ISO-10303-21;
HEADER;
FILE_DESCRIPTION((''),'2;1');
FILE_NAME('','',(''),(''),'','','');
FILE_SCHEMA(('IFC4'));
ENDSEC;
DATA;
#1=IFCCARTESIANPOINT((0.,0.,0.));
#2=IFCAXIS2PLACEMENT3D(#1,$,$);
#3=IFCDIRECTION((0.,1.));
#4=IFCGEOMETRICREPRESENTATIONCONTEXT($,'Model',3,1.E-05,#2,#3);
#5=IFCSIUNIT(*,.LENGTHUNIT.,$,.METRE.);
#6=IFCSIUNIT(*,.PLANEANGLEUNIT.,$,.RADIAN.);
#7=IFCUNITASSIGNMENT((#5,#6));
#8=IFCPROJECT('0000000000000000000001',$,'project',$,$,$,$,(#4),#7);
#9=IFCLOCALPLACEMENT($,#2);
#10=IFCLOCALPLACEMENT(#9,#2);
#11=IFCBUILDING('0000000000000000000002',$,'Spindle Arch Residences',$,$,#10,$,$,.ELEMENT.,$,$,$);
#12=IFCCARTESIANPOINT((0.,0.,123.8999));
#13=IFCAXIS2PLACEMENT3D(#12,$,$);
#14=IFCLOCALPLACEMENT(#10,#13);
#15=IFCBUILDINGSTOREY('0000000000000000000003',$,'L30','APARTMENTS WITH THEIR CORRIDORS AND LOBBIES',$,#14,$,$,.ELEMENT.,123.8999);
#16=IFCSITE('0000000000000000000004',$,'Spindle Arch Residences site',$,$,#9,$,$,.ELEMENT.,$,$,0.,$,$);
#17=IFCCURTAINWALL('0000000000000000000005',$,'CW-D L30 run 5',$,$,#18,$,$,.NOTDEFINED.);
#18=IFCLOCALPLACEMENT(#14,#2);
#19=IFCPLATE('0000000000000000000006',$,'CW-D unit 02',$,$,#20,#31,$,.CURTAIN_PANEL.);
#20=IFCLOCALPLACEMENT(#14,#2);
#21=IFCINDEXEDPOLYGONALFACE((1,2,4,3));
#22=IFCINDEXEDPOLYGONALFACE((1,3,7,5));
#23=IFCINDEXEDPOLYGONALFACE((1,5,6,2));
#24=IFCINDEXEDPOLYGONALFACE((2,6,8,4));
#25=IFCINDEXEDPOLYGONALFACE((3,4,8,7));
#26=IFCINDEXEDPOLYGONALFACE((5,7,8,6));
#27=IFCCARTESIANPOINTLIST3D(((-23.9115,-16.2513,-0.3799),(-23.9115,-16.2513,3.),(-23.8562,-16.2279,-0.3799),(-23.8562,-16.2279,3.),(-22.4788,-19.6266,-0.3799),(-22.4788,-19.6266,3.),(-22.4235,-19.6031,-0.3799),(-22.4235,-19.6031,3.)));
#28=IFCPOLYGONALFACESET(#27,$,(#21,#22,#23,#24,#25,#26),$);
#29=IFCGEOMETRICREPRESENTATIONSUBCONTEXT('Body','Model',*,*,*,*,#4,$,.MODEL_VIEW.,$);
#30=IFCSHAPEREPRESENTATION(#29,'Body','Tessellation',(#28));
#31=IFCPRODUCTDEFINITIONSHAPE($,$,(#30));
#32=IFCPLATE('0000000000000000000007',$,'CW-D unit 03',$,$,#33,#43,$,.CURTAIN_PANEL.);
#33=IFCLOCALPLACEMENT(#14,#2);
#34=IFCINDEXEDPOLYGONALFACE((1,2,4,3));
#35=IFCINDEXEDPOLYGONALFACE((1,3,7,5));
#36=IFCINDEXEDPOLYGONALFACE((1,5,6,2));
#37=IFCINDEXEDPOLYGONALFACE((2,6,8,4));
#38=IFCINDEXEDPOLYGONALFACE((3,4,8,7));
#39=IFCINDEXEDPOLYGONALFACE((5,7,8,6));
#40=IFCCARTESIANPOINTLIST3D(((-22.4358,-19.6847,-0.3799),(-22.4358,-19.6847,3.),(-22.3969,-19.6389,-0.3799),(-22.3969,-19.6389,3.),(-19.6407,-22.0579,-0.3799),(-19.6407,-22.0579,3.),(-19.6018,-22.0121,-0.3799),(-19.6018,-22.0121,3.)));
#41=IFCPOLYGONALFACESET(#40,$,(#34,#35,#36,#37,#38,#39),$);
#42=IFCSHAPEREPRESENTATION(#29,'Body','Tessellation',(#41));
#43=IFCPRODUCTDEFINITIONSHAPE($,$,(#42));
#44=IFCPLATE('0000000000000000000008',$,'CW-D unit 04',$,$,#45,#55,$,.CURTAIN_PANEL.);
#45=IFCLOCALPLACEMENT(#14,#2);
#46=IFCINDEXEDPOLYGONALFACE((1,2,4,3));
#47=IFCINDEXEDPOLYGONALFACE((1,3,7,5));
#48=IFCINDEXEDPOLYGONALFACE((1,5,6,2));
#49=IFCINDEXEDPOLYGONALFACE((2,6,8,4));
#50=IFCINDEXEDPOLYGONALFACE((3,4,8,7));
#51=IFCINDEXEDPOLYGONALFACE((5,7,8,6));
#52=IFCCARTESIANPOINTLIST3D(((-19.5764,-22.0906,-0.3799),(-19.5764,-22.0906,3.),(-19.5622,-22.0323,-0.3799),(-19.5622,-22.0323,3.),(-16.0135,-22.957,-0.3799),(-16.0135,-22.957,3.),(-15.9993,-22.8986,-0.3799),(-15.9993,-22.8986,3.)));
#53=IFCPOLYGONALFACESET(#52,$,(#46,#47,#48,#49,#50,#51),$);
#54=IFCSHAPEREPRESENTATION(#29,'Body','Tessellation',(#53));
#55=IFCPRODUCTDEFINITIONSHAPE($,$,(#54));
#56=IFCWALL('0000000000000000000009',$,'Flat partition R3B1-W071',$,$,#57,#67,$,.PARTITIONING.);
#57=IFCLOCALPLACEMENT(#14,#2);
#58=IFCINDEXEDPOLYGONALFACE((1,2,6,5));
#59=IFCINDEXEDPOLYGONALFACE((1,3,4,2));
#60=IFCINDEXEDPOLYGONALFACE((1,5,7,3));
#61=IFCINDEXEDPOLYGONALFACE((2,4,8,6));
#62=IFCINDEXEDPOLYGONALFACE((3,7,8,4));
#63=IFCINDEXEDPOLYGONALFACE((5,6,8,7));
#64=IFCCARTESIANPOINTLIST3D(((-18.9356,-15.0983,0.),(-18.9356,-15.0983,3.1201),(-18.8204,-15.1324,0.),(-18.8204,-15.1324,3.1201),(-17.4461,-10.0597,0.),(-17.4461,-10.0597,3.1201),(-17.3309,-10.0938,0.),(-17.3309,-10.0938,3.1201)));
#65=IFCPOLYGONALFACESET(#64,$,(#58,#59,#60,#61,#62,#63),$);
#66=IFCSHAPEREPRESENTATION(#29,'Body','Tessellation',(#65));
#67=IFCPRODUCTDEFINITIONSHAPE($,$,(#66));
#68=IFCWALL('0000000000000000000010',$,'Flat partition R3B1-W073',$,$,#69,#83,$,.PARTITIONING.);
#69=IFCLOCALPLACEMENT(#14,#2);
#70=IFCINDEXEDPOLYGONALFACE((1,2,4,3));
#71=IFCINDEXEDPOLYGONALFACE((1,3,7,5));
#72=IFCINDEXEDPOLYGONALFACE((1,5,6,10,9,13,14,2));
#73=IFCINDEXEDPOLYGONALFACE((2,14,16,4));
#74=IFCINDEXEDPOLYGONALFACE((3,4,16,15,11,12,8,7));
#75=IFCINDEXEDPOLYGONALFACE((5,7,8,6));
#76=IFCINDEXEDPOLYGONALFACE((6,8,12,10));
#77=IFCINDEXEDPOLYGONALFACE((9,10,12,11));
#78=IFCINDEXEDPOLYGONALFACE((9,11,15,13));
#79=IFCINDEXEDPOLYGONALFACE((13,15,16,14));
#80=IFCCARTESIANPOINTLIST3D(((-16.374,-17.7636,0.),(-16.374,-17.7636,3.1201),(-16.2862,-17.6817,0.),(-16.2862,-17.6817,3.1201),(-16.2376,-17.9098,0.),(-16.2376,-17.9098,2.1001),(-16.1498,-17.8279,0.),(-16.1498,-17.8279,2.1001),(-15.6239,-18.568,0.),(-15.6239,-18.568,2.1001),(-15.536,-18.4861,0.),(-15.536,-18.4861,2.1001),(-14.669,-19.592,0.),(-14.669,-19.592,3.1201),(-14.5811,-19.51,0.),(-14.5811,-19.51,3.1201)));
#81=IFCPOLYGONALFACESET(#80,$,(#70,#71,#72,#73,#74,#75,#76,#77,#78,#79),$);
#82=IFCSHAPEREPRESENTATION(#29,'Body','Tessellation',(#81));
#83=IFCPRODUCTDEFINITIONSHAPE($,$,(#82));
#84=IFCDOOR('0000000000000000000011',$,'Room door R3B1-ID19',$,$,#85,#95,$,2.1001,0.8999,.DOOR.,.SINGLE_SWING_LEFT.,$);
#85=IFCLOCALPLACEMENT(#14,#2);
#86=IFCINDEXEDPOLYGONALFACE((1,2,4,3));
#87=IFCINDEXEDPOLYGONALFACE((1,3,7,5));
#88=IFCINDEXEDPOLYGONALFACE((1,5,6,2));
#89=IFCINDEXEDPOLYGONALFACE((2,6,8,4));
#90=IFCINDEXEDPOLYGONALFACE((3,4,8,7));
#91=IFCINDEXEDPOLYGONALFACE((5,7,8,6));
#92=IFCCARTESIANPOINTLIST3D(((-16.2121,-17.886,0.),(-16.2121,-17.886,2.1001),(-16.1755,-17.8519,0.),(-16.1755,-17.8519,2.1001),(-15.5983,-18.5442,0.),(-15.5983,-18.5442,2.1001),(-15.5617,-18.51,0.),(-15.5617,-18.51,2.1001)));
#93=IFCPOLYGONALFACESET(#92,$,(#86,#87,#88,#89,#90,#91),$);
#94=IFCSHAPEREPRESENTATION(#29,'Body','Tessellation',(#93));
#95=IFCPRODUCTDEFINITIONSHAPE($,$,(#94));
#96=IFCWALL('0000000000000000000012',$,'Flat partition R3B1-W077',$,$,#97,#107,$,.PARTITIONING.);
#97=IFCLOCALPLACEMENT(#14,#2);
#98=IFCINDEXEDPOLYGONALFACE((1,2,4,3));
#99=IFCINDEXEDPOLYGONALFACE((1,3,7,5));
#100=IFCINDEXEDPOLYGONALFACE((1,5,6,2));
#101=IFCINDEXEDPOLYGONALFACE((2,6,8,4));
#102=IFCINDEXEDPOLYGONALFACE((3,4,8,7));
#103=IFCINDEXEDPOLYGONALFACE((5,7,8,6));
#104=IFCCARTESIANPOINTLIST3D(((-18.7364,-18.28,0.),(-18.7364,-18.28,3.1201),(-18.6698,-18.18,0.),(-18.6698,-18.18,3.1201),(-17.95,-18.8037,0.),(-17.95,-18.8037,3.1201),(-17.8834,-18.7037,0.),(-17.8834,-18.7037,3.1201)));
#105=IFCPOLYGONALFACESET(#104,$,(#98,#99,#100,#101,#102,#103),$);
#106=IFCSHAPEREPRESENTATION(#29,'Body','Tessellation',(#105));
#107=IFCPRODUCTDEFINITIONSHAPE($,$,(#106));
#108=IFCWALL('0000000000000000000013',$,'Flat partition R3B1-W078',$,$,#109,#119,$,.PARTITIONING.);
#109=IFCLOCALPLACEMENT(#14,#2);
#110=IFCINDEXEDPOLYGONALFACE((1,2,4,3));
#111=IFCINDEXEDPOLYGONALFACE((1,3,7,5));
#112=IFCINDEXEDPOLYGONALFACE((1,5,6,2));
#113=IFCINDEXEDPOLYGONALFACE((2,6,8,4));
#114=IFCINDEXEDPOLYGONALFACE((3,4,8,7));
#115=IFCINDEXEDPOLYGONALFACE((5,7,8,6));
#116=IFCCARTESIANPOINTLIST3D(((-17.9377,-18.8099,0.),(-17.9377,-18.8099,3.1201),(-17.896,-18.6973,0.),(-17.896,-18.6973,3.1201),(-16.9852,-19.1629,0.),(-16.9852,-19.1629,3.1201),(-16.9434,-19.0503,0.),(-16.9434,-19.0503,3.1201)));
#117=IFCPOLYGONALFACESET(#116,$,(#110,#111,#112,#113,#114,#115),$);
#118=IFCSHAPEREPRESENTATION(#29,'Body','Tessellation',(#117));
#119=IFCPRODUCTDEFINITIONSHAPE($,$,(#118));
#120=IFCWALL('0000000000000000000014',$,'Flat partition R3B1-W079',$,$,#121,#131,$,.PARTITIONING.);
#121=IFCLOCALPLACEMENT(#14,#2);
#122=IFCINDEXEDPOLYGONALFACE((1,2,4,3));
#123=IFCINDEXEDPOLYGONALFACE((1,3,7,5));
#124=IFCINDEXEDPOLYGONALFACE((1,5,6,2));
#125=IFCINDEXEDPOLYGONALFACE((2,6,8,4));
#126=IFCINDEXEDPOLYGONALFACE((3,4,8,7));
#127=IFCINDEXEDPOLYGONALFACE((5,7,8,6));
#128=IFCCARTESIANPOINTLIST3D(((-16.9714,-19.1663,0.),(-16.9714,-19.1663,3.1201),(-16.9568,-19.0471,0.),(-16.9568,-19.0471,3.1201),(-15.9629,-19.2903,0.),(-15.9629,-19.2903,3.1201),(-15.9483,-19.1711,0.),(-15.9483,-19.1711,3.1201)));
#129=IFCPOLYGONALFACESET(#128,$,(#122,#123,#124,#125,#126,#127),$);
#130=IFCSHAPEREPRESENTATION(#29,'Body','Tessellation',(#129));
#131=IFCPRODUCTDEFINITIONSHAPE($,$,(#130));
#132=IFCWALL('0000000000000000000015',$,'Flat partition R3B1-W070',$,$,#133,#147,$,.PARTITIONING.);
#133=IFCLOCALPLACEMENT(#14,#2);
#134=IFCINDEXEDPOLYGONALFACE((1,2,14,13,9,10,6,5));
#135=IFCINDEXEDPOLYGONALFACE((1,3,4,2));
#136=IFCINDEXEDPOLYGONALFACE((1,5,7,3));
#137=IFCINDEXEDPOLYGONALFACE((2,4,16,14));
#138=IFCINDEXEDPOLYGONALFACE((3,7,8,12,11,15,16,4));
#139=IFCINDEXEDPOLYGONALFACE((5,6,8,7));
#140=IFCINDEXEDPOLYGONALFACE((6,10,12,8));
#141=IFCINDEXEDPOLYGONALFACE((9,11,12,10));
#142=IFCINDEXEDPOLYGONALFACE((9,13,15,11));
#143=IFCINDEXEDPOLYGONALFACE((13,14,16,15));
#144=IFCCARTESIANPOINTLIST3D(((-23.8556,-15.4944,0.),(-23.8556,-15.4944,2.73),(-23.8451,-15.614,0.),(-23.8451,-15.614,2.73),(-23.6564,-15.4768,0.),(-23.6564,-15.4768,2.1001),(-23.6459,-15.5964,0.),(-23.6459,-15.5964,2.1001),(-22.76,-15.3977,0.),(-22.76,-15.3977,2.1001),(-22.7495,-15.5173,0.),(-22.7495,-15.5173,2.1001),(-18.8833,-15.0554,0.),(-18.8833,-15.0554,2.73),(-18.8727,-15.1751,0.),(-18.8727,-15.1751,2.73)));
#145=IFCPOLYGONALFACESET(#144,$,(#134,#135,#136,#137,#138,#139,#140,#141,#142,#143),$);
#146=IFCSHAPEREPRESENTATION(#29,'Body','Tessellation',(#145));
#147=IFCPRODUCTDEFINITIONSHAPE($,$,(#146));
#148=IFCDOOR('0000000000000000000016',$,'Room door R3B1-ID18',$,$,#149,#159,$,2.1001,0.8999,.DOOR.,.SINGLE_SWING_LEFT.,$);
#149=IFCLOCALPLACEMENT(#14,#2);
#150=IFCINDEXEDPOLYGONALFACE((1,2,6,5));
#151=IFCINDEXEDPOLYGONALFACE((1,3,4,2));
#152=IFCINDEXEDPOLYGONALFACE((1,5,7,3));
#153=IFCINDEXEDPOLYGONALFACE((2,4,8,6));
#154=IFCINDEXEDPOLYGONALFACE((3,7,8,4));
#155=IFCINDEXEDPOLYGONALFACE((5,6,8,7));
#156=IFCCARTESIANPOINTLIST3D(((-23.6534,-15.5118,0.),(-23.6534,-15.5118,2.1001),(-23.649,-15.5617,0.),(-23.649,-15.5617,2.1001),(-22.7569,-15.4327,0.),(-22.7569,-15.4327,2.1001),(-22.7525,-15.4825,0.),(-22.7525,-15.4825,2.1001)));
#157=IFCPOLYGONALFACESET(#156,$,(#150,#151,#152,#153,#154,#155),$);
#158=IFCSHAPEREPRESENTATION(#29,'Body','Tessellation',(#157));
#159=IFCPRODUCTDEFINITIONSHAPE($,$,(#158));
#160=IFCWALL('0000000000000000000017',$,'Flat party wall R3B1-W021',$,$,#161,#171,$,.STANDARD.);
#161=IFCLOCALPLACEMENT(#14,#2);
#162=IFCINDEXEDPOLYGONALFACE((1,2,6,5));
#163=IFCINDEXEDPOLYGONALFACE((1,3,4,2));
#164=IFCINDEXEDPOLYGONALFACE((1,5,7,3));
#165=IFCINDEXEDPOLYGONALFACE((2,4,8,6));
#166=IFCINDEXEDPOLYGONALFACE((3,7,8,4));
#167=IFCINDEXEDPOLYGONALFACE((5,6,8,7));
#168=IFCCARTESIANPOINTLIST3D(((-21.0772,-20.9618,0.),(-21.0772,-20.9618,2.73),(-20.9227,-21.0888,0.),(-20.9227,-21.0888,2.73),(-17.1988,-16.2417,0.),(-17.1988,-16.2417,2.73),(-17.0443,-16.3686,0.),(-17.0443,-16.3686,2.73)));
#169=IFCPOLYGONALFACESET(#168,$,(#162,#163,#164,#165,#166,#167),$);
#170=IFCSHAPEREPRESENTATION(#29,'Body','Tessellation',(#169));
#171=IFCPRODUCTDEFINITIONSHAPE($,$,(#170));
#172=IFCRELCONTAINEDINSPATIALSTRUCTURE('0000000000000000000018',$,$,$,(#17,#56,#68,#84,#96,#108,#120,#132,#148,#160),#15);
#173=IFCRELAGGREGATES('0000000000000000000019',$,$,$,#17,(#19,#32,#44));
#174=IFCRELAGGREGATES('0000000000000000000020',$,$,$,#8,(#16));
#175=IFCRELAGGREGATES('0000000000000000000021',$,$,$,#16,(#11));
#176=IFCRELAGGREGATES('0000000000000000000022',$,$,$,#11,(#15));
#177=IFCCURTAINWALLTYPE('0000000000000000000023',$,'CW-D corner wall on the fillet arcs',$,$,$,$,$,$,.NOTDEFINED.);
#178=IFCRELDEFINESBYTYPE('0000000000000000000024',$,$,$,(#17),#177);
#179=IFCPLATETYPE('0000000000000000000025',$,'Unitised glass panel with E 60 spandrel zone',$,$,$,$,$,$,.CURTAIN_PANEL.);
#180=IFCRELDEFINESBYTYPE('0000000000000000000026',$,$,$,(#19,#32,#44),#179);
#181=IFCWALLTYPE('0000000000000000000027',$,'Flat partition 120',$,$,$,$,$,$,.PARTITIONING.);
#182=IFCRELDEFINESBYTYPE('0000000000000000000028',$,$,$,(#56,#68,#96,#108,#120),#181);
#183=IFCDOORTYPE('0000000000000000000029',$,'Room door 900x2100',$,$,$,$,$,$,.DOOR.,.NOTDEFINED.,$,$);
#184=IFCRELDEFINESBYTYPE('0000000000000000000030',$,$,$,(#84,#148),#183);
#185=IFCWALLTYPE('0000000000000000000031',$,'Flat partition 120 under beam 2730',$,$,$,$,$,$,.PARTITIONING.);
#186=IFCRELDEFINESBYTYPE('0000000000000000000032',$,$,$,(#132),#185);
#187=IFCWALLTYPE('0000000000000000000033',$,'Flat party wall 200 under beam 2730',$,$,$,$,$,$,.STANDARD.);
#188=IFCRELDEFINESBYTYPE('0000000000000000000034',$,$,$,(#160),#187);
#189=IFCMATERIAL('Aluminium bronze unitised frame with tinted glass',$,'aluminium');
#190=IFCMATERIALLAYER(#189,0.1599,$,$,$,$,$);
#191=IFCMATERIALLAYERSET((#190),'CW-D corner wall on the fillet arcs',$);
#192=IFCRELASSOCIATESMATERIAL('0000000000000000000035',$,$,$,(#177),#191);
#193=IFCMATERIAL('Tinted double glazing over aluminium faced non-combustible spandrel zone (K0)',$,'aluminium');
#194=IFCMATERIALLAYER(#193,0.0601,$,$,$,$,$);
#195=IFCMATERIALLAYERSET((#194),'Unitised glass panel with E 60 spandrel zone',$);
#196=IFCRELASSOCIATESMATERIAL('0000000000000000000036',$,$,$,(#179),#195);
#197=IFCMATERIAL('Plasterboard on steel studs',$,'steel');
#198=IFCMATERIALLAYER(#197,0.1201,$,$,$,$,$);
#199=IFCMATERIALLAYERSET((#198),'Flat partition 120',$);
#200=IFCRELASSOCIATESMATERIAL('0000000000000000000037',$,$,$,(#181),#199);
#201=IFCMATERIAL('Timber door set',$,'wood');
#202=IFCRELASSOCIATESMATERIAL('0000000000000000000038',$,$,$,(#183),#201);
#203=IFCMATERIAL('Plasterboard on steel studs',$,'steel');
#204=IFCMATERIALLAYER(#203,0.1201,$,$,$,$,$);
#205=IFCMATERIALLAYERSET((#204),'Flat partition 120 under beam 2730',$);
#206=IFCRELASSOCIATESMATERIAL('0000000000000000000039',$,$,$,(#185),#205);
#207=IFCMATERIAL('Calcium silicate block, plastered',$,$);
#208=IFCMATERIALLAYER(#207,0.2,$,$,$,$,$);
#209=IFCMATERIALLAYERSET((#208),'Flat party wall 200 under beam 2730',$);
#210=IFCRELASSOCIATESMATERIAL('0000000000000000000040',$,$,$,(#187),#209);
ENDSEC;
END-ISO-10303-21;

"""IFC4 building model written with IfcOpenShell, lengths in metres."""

from ifc_helpers import new_model, si_unit, direction, frame, frame_2d, origin, origin_2d, place, context, subcontext, project, spatial, rectangle, extrude, material, layer, layer_set, type_object, element, fill, aggregate, save


model = new_model("IFC4")

# Units and contexts
model_context = context("Model", 3, precision=1e-05, world=origin(), true_north=direction((0.0, 1.0)))
body_context = subcontext(model_context, "Body", "Model", "MODEL_VIEW")
ifc_project = project(units=[si_unit("LENGTHUNIT", "METRE"), si_unit("PLANEANGLEUNIT", "RADIAN")], contexts=[model_context])

# Site, building, storey
site_placement = place(None, origin())
site = spatial("IfcSite", under=ifc_project, at=site_placement, Name="Spindle Arch Residences site", CompositionType="ELEMENT", RefElevation=0.0)
building_placement = place(site_placement, origin())
building = spatial("IfcBuilding", under=site, at=building_placement, Name="Spindle Arch Residences", CompositionType="ELEMENT")
storey_placement = place(building_placement, frame((0.0, 0.0, 123.8999)))
storey = spatial("IfcBuildingStorey", under=building, at=storey_placement, Name="L30", Description="APARTMENTS WITH THEIR CORRIDORS AND LOBBIES", CompositionType="ELEMENT", Elevation=123.8999)

# Curtain wall
ifc_material_1 = material(Name="Aluminium bronze unitised frame with tinted glass", Category="aluminium")
ifc_layer_1 = layer(ifc_material_1, 0.1599)
ifc_layer_set_1 = layer_set([ifc_layer_1], Name="CW-D corner wall on the fillet arcs")
curtain_wall_type = type_object("IfcCurtainWallType", Name="CW-D corner wall on the fillet arcs", PredefinedType="NOTDEFINED", material=ifc_layer_set_1)
curtain_wall_placement = place(storey_placement, origin())
curtain_wall = element("IfcCurtainWall", 1, at=curtain_wall_placement, inside=storey, type_object=curtain_wall_type, Name="CW-D L30 run 5", PredefinedType="NOTDEFINED")

# Plates
ifc_material_2 = material(Name="Tinted double glazing over aluminium faced non-combustible spandrel zone (K0)", Category="aluminium")
ifc_layer_2 = layer(ifc_material_2, 0.0601)
ifc_layer_set_2 = layer_set([ifc_layer_2], Name="Unitised glass panel with E 60 spandrel zone")
plate_type = type_object("IfcPlateType", Name="Unitised glass panel with E 60 spandrel zone", PredefinedType="CURTAIN_PANEL", material=ifc_layer_set_2)
plate_1_placement = place(storey_placement, frame((-23.1675, -17.9272, -0.3799), z_axis=(0.0, 0.0, 1.0), x_axis=(0.390731, -0.920505, 0.0)))
plate_1 = element("IfcPlate", 2, at=plate_1_placement, type_object=plate_type, Name="CW-D unit 02", PredefinedType="CURTAIN_PANEL", context=body_context, shape_type="SweptSolid", body=[
    extrude(rectangle(XDim=3.6667, YDim=0.0601, at=origin_2d()), origin(), (0.0, 0.0, 1.0), 3.3799),
])
plate_2_placement = place(storey_placement, frame((-21.0188, -20.8484, -0.3799), z_axis=(0.0, 0.0, 1.0), x_axis=(0.762292, -0.647233, 0.0)))
plate_2 = element("IfcPlate", 3, at=plate_2_placement, type_object=plate_type, Name="CW-D unit 03", PredefinedType="CURTAIN_PANEL", context=body_context, shape_type="SweptSolid", body=[
    extrude(rectangle(XDim=3.6667, YDim=0.0601, at=origin_2d()), origin(), (0.0, 0.0, 1.0), 3.3799),
])
plate_3_placement = place(storey_placement, frame((-17.7878, -22.4946, -0.3799), z_axis=(0.0, 0.0, 1.0), x_axis=(0.971687, -0.236273, 0.0)))
plate_3 = element("IfcPlate", 4, at=plate_3_placement, type_object=plate_type, Name="CW-D unit 04", PredefinedType="CURTAIN_PANEL", context=body_context, shape_type="SweptSolid", body=[
    extrude(rectangle(XDim=3.6667, YDim=0.0601, at=origin_2d()), origin(), (0.0, 0.0, 1.0), 3.3799),
])
aggregate(curtain_wall, [plate_1, plate_2, plate_3])

# Wall
ifc_material_3 = material(Name="Plasterboard on steel studs", Category="steel")
ifc_layer_3 = layer(ifc_material_3, 0.1201)
ifc_layer_set_3 = layer_set([ifc_layer_3], Name="Flat partition 120")
wall_type_1 = type_object("IfcWallType", Name="Flat partition 120", PredefinedType="PARTITIONING", material=ifc_layer_set_3)
wall_1_placement = place(storey_placement, frame((-18.8779, -15.1152, 0.0), z_axis=(0.0, 0.0, 1.0), x_axis=(0.283492, 0.958975, 0.0)))
element("IfcWall", 5, at=wall_1_placement, inside=storey, type_object=wall_type_1, Name="Flat partition R3B1-W071", PredefinedType="PARTITIONING", context=body_context, shape_type="SweptSolid", body=[
    extrude(rectangle(XDim=5.2542, YDim=0.1201, at=frame_2d((2.627, 0.0))), origin(), (0.0, 0.0, 1.0), 3.1201),
])

# Wall, opening, door
wall_2_placement = place(storey_placement, frame((-16.3301, -17.7227, 0.0), z_axis=(0.0, 0.0, 1.0), x_axis=(0.682019, -0.731334, 0.0)))
wall_2 = element("IfcWall", 6, at=wall_2_placement, inside=storey, type_object=wall_type_1, Name="Flat partition R3B1-W073", PredefinedType="PARTITIONING", context=body_context, shape_type="SweptSolid", body=[
    extrude(rectangle(XDim=2.5, YDim=0.1201, at=frame_2d((1.25, 0.0))), origin(), (0.0, 0.0, 1.0), 3.1201),
])
opening_1_placement = place(wall_2_placement, frame((0.2, 0.0, 0.0)))
opening_1 = element("IfcOpeningElement", 7, at=opening_1_placement, cuts=wall_2, PredefinedType="OPENING", context=body_context, shape_type="SweptSolid", body=[
    extrude(rectangle(XDim=0.8999, YDim=2.1001, at=frame_2d((0.45, 1.05))), frame((0.0, 0.0701, 0.0), z_axis=(0.0, -1.0, 0.0), x_axis=(1.0, 0.0, 0.0)), (0.0, 0.0, 1.0), 0.1401),
])
ifc_material_4 = material(Name="Timber door set", Category="wood")
door_type = type_object("IfcDoorType", Name="Room door 900x2100", OperationType="NOTDEFINED", PredefinedType="DOOR", material=ifc_material_4)
door_1_placement = place(opening_1_placement, origin())
door_1 = element("IfcDoor", 8, at=door_1_placement, inside=storey, type_object=door_type, Name="Room door R3B1-ID19", OperationType="SINGLE_SWING_LEFT", OverallHeight=2.1001, OverallWidth=0.8999, PredefinedType="DOOR", context=body_context, shape_type="SweptSolid", body=[
    extrude(rectangle(XDim=0.8999, YDim=2.1001, at=frame_2d((0.45, 1.05))), frame((0.0, 0.0249, 0.0), z_axis=(0.0, -1.0, 0.0), x_axis=(1.0, 0.0, 0.0)), (0.0, 0.0, 1.0), 0.05),
])
fill(opening_1, door_1)

# Walls
wall_3_placement = place(storey_placement, frame((-18.7031, -18.23, 0.0), z_axis=(0.0, 0.0, 1.0), x_axis=(0.832328, -0.554283, 0.0)))
element("IfcWall", 9, at=wall_3_placement, inside=storey, type_object=wall_type_1, Name="Flat partition R3B1-W077", PredefinedType="PARTITIONING", context=body_context, shape_type="SweptSolid", body=[
    extrude(rectangle(XDim=0.9448, YDim=0.1201, at=frame_2d((0.4724, 0.0))), origin(), (0.0, 0.0, 1.0), 3.1201),
])
wall_4_placement = place(storey_placement, frame((-17.9167, -18.7537, 0.0), z_axis=(0.0, 0.0, 1.0), x_axis=(0.937685, -0.347487, 0.0)))
element("IfcWall", 10, at=wall_4_placement, inside=storey, type_object=wall_type_1, Name="Flat partition R3B1-W078", PredefinedType="PARTITIONING", context=body_context, shape_type="SweptSolid", body=[
    extrude(rectangle(XDim=1.0159, YDim=0.1201, at=frame_2d((0.5078, 0.0))), origin(), (0.0, 0.0, 1.0), 3.1201),
])
wall_5_placement = place(storey_placement, frame((-16.9641, -19.1067, 0.0), z_axis=(0.0, 0.0, 1.0), x_axis=(0.992524, -0.122053, 0.0)))
element("IfcWall", 11, at=wall_5_placement, inside=storey, type_object=wall_type_1, Name="Flat partition R3B1-W079", PredefinedType="PARTITIONING", context=body_context, shape_type="SweptSolid", body=[
    extrude(rectangle(XDim=1.0161, YDim=0.1201, at=frame_2d((0.5081, 0.0))), origin(), (0.0, 0.0, 1.0), 3.1201),
])

# Wall, opening, door
ifc_material_5 = material(Name="Plasterboard on steel studs", Category="steel")
ifc_layer_4 = layer(ifc_material_5, 0.1201)
ifc_layer_set_4 = layer_set([ifc_layer_4], Name="Flat partition 120 under beam 2730")
wall_type_2 = type_object("IfcWallType", Name="Flat partition 120 under beam 2730", PredefinedType="PARTITIONING", material=ifc_layer_set_4)
wall_6_placement = place(storey_placement, frame((-23.8503, -15.5542, 0.0), z_axis=(0.0, 0.0, 1.0), x_axis=(0.996126, 0.087938, 0.0)))
wall_6 = element("IfcWall", 12, at=wall_6_placement, inside=storey, type_object=wall_type_2, Name="Flat partition R3B1-W070", PredefinedType="PARTITIONING", context=body_context, shape_type="SweptSolid", body=[
    extrude(rectangle(XDim=4.9917, YDim=0.1201, at=frame_2d((2.4958, 0.0))), origin(), (0.0, 0.0, 1.0), 2.73),
])
opening_2_placement = place(wall_6_placement, frame((0.2, 0.0, 0.0)))
opening_2 = element("IfcOpeningElement", 13, at=opening_2_placement, cuts=wall_6, PredefinedType="OPENING", context=body_context, shape_type="SweptSolid", body=[
    extrude(rectangle(XDim=0.8999, YDim=2.1001, at=frame_2d((0.45, 1.05))), frame((0.0, 0.0701, 0.0), z_axis=(0.0, -1.0, 0.0), x_axis=(1.0, 0.0, 0.0)), (0.0, 0.0, 1.0), 0.1401),
])
door_2_placement = place(opening_2_placement, origin())
door_2 = element("IfcDoor", 14, at=door_2_placement, inside=storey, type_object=door_type, Name="Room door R3B1-ID18", OperationType="SINGLE_SWING_LEFT", OverallHeight=2.1001, OverallWidth=0.8999, PredefinedType="DOOR", context=body_context, shape_type="SweptSolid", body=[
    extrude(rectangle(XDim=0.8999, YDim=2.1001, at=frame_2d((0.45, 1.05))), frame((0.0, 0.0249, 0.0), z_axis=(0.0, -1.0, 0.0), x_axis=(1.0, 0.0, 0.0)), (0.0, 0.0, 1.0), 0.05),
])
fill(opening_2, door_2)

# Wall
ifc_material_6 = material(Name="Calcium silicate block, plastered")
ifc_layer_5 = layer(ifc_material_6, 0.2)
ifc_layer_set_5 = layer_set([ifc_layer_5], Name="Flat party wall 200 under beam 2730")
wall_type_3 = type_object("IfcWallType", Name="Flat party wall 200 under beam 2730", PredefinedType="STANDARD", material=ifc_layer_set_5)
wall_7_placement = place(storey_placement, frame((-21.0, -21.0254, 0.0), z_axis=(0.0, 0.0, 1.0), x_axis=(0.634847, 0.772638, 0.0)))
element("IfcWall", 15, at=wall_7_placement, inside=storey, type_object=wall_type_3, Name="Flat party wall R3B1-W021", PredefinedType="STANDARD", context=body_context, shape_type="SweptSolid", body=[
    extrude(rectangle(XDim=6.1091, YDim=0.2, at=frame_2d((3.0547, 0.0))), origin(), (0.0, 0.0, 1.0), 2.73),
])

save(model, "model.ifc")
